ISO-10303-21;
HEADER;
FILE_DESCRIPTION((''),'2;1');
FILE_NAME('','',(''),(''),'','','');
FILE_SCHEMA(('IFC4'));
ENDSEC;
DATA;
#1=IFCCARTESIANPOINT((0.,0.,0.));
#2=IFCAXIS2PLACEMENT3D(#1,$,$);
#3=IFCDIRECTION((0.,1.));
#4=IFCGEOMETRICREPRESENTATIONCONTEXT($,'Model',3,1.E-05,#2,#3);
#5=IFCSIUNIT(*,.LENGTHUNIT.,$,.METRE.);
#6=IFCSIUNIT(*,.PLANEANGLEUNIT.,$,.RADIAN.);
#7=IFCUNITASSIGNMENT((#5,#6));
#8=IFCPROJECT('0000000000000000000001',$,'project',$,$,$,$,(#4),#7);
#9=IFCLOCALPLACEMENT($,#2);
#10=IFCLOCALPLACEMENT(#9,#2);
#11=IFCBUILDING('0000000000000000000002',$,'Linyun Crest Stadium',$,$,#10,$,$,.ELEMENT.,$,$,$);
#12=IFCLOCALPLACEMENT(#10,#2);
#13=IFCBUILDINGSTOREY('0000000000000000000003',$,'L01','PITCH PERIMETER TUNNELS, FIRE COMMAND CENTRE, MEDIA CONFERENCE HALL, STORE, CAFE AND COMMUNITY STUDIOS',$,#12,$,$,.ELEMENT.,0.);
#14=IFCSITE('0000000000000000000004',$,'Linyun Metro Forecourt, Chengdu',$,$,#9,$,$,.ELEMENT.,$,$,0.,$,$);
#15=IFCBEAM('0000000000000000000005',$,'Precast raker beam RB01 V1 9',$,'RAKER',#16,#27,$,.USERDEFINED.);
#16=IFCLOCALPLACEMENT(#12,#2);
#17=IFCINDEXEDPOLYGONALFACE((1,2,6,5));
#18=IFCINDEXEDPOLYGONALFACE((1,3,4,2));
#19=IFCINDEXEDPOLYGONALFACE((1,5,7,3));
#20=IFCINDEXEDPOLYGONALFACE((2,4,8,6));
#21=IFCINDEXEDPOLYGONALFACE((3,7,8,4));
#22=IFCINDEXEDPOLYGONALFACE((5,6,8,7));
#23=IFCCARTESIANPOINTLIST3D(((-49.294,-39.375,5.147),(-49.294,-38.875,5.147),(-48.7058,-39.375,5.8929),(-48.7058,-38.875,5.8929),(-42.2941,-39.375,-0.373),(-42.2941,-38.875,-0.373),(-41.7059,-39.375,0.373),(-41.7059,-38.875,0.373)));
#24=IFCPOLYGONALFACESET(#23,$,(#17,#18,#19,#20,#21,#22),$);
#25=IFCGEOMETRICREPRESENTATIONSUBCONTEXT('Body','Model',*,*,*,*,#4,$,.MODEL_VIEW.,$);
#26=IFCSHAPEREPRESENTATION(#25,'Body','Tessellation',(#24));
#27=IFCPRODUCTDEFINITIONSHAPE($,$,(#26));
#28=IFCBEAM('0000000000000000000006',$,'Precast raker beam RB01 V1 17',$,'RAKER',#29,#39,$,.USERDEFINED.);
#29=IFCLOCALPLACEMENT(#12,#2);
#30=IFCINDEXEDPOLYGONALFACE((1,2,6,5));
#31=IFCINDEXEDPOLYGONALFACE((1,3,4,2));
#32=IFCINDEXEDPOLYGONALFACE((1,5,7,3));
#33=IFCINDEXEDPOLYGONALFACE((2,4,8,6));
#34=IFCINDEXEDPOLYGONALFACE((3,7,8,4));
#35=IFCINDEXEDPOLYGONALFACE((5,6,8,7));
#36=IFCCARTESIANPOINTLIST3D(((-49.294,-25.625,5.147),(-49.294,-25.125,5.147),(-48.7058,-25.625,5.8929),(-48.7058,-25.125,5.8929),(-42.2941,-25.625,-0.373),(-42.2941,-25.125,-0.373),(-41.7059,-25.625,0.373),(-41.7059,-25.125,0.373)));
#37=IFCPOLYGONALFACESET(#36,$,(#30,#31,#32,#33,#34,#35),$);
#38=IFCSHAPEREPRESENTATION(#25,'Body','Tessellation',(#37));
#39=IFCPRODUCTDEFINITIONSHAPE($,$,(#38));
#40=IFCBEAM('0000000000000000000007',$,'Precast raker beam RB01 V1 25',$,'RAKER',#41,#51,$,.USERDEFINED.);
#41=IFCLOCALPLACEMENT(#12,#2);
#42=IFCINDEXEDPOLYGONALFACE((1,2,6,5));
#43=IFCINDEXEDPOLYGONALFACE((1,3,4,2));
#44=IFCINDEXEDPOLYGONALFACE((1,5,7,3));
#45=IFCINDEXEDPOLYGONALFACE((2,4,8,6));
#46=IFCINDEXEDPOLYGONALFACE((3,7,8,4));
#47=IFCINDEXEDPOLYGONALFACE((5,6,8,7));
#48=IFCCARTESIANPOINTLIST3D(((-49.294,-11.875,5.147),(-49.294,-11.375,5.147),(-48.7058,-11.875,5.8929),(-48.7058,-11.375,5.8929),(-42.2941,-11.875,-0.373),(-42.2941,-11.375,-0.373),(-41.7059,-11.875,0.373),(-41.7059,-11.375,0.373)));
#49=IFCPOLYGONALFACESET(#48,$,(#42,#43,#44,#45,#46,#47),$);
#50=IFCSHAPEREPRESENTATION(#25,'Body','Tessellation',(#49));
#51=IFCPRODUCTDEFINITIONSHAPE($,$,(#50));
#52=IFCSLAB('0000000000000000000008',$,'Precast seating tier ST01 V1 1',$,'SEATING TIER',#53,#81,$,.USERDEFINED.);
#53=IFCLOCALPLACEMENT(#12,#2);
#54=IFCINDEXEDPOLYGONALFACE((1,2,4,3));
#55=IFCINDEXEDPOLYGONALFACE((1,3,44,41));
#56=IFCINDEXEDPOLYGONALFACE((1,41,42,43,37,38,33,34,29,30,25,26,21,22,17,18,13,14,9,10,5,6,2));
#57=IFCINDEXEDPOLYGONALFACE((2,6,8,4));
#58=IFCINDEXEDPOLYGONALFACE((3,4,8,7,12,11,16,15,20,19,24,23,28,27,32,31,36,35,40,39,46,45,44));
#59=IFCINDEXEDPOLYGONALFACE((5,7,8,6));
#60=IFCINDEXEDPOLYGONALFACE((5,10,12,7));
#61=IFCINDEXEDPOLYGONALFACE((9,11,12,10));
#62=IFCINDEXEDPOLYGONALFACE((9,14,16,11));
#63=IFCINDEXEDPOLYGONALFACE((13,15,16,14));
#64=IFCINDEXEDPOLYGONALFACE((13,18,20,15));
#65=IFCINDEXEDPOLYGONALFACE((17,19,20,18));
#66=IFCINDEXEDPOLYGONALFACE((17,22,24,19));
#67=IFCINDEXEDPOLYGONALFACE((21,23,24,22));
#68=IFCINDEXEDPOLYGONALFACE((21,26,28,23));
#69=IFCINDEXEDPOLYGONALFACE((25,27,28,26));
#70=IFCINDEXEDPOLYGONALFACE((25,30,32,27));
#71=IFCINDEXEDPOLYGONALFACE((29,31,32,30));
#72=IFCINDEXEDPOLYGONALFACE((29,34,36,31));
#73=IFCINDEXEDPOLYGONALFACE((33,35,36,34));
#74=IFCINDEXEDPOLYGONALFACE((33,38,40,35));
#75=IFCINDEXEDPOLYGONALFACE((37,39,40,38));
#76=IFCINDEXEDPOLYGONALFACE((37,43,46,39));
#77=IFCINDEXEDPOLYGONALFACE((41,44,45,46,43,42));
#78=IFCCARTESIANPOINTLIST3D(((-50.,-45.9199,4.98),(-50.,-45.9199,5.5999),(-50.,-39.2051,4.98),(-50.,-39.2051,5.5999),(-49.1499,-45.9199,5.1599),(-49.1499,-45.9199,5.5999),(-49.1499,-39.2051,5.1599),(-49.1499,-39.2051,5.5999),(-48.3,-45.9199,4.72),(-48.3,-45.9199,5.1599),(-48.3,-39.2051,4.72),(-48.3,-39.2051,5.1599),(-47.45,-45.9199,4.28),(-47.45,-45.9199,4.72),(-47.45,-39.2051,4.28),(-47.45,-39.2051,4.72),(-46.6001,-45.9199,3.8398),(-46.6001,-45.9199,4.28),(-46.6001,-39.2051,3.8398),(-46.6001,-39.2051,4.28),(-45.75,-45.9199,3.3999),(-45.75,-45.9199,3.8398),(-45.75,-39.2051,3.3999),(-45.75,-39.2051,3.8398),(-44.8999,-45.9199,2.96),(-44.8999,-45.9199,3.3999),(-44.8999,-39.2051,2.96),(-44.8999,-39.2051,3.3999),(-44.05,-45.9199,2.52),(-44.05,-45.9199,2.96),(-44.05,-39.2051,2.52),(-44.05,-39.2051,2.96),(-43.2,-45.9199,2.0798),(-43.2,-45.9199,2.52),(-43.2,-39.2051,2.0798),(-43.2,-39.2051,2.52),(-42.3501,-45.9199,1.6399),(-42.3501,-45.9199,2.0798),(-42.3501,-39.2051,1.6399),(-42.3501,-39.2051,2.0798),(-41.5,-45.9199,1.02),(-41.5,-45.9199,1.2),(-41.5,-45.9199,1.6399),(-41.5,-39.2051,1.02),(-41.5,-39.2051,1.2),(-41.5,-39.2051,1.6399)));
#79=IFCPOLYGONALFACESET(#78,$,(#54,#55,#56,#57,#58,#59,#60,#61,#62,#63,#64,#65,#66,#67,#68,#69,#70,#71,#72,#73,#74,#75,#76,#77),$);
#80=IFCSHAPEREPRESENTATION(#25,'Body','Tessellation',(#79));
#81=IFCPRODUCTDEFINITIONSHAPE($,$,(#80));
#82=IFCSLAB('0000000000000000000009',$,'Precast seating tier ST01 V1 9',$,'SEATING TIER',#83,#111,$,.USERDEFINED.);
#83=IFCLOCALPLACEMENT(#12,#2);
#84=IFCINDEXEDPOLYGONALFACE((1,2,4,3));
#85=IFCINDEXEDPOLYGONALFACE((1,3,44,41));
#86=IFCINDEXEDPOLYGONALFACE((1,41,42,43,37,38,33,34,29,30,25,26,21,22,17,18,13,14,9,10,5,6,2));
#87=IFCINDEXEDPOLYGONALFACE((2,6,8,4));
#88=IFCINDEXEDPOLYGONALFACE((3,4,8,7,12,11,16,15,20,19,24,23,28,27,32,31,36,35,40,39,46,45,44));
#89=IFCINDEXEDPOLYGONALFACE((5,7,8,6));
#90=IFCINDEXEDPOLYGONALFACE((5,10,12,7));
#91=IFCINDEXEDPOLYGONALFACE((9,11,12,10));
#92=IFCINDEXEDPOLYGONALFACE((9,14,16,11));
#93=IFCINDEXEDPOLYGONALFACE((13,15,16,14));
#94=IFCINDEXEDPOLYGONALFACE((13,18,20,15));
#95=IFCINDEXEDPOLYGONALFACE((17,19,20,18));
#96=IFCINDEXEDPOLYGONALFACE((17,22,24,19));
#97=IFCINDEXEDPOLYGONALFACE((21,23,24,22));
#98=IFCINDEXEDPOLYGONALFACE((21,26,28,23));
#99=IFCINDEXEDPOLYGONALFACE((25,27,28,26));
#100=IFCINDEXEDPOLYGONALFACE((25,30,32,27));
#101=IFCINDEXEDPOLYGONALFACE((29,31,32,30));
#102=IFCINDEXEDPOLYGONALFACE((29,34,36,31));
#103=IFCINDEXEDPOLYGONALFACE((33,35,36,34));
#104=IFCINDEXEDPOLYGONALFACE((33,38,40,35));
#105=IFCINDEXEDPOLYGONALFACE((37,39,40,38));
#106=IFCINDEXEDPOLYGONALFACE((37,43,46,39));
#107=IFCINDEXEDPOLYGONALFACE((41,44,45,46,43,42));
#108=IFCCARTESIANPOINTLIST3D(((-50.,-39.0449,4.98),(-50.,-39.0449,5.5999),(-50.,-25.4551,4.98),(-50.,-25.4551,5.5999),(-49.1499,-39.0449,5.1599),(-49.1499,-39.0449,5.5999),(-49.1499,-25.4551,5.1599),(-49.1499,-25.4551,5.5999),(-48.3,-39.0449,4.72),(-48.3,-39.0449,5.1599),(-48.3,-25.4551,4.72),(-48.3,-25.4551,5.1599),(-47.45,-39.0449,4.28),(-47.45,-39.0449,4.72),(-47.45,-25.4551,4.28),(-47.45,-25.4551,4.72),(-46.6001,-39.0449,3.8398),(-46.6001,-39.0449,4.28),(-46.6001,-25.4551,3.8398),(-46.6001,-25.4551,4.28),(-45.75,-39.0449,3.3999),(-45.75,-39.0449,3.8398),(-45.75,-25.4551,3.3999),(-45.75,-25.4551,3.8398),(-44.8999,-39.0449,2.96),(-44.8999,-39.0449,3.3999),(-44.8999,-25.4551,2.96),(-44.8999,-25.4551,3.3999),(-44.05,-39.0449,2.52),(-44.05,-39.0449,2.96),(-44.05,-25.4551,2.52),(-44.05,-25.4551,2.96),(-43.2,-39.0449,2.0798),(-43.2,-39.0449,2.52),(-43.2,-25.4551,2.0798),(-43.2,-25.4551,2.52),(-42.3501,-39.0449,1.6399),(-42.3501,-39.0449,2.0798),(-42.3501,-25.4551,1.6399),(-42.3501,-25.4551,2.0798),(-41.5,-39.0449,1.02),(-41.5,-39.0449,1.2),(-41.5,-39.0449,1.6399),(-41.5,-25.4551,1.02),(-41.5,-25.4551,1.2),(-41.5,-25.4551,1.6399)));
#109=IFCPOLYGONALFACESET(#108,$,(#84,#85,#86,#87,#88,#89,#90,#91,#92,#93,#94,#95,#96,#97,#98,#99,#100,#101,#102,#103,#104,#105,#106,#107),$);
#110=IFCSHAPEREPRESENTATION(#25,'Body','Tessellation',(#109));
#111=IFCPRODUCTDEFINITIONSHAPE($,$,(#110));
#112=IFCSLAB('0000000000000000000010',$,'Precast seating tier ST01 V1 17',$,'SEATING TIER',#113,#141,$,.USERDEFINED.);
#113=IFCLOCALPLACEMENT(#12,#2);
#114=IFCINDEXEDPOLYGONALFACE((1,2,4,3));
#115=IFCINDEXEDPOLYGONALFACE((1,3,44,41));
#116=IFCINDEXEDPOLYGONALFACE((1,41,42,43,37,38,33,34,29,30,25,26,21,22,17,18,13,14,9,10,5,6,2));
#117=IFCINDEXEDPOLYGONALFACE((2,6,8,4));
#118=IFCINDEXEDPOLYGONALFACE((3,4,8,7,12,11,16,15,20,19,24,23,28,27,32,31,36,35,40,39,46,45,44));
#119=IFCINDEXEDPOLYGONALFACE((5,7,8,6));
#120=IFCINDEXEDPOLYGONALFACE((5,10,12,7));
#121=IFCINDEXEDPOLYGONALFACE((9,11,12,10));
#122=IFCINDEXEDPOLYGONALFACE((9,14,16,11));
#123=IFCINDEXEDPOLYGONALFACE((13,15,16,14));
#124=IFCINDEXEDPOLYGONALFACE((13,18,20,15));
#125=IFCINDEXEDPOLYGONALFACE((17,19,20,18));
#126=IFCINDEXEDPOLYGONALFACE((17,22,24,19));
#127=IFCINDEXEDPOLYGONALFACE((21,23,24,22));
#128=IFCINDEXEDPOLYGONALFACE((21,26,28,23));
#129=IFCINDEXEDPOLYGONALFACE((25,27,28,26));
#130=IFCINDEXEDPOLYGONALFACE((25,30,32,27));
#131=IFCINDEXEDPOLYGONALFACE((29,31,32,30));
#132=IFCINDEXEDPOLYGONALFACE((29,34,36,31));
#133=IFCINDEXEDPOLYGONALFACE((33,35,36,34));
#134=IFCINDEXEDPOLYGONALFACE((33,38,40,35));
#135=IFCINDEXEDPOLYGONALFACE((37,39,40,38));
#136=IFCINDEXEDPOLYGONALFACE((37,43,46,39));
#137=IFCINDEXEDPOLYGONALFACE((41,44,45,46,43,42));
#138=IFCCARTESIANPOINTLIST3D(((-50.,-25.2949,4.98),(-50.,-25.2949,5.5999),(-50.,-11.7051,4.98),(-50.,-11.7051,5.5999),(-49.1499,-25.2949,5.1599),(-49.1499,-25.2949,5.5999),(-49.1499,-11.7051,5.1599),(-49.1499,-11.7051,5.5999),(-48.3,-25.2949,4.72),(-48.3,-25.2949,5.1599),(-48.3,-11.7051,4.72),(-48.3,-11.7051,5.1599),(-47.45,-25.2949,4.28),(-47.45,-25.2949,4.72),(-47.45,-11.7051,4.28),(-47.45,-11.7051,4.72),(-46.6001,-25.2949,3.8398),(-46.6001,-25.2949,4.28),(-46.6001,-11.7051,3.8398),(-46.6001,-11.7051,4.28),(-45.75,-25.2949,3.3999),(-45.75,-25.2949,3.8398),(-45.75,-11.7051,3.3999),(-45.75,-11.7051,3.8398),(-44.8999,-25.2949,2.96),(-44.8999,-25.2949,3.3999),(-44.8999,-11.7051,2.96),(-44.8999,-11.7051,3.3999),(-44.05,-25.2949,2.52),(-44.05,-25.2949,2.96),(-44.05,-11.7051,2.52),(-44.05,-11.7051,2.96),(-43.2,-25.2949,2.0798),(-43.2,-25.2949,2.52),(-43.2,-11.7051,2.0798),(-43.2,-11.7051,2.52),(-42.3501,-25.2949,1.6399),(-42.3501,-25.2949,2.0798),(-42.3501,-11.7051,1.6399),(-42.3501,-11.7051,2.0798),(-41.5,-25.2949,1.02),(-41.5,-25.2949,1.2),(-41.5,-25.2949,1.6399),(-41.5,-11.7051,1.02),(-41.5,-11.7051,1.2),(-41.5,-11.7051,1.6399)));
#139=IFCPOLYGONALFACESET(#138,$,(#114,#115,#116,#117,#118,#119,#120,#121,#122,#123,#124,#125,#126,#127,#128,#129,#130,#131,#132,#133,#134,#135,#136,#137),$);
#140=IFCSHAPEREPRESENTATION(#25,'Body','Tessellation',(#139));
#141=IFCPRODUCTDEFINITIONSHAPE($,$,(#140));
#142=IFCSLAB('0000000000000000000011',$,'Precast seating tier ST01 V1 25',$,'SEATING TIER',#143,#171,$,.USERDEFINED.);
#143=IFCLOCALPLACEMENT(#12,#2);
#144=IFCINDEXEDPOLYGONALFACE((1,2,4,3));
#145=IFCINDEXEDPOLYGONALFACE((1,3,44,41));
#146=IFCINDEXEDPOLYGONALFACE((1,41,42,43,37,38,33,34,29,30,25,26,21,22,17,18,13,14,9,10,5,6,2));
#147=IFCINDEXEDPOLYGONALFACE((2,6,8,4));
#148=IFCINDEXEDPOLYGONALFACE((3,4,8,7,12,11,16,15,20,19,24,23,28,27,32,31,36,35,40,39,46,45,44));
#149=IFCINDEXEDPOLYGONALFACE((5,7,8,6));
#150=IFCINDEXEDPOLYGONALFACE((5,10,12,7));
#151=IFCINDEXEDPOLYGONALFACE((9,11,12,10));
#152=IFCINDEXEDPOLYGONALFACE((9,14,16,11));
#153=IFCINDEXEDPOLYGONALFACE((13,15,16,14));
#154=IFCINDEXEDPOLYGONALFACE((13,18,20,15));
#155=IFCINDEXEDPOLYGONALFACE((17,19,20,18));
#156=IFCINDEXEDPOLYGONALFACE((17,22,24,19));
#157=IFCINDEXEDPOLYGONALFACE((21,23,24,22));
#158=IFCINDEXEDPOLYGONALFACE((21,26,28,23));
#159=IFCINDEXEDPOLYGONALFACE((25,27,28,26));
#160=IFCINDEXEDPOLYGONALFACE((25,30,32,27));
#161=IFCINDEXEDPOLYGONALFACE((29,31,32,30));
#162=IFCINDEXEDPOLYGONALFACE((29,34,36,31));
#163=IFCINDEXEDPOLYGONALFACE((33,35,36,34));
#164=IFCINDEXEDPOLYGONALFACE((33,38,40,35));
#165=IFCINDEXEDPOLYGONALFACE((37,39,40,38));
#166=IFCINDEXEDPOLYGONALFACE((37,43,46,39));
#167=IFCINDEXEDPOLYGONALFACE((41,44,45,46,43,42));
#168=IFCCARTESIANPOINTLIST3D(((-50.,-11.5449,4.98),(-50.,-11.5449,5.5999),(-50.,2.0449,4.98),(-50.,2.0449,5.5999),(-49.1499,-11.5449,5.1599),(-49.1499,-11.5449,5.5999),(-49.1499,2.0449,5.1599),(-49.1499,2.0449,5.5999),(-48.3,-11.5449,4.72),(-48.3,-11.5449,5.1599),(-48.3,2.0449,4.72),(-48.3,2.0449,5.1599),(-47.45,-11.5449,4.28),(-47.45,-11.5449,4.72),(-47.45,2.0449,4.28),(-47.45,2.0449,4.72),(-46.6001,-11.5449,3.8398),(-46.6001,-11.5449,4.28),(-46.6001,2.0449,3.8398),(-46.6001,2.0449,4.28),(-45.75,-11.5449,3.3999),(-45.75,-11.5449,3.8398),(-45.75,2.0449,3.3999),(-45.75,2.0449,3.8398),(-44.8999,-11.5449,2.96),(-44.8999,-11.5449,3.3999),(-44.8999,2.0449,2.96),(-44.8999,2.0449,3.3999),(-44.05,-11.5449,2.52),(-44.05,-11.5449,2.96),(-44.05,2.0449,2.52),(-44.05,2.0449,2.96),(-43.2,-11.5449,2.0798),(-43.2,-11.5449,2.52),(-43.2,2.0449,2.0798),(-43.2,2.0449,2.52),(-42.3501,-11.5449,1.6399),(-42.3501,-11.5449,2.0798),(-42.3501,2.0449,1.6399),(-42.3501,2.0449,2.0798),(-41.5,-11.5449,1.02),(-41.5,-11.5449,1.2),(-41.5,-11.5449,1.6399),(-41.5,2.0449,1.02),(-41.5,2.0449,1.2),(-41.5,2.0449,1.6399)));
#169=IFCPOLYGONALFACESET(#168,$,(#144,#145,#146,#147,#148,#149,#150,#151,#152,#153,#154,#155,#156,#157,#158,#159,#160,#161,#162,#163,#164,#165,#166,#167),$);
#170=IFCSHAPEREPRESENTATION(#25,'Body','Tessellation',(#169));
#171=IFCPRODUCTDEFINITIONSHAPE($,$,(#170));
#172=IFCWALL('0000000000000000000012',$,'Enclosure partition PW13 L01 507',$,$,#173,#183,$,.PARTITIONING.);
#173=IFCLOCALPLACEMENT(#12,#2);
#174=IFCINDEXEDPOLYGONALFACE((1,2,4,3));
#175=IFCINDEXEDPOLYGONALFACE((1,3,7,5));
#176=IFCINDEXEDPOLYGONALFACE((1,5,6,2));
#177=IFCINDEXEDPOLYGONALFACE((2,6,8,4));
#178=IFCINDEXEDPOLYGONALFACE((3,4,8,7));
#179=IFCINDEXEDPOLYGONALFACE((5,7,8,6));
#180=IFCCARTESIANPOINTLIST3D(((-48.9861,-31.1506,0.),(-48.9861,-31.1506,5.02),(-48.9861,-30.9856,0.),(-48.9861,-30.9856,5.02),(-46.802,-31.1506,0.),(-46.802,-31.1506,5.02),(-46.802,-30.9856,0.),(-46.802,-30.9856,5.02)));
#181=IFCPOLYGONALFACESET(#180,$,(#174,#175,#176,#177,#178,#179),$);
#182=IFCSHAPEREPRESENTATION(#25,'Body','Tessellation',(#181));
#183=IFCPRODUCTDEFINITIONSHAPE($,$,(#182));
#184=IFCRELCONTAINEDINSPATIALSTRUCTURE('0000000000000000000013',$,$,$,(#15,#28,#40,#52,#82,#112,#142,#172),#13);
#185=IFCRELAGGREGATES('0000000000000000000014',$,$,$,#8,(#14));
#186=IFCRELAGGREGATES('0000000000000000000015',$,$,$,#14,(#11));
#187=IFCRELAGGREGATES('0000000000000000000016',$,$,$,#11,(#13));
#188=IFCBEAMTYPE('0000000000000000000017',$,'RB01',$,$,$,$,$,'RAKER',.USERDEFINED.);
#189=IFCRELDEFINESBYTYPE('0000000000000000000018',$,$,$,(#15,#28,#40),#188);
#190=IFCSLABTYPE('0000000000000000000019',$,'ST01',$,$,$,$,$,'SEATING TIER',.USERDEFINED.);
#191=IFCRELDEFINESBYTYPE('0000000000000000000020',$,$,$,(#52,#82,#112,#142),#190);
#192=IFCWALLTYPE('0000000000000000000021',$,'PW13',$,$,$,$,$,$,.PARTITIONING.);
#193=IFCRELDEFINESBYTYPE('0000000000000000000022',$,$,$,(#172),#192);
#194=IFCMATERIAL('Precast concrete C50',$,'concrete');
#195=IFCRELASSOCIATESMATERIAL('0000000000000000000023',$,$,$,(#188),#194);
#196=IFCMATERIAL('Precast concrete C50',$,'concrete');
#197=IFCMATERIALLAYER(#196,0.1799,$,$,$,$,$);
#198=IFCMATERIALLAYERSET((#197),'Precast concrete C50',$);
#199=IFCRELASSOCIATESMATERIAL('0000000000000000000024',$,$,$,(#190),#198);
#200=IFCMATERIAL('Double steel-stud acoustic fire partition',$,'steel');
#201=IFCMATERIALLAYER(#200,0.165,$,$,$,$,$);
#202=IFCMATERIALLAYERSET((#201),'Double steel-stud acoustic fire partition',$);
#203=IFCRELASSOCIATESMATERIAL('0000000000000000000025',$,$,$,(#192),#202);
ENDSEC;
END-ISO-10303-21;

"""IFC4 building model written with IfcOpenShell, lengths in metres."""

from ifc_helpers import new_model, si_unit, direction, frame, frame_2d, origin, origin_2d, place, context, subcontext, project, spatial, polyline, rectangle, outline, extrude, material, layer, layer_set, material_profile, profile_set, type_object, element, save


model = new_model("IFC4")

# Units and contexts
model_context = context("Model", 3, precision=1e-05, world=origin(), true_north=direction((0.0, 1.0)))
body_context = subcontext(model_context, "Body", "Model", "MODEL_VIEW")
ifc_project = project(units=[si_unit("LENGTHUNIT", "METRE"), si_unit("PLANEANGLEUNIT", "RADIAN")], contexts=[model_context])

# Site, building, storey
site_placement = place(None, origin())
site = spatial("IfcSite", under=ifc_project, at=site_placement, Name="Linyun Metro Forecourt, Chengdu", CompositionType="ELEMENT", RefElevation=0.0)
building_placement = place(site_placement, origin())
building = spatial("IfcBuilding", under=site, at=building_placement, Name="Linyun Crest Stadium", CompositionType="ELEMENT")
storey_placement = place(building_placement, origin())
storey = spatial("IfcBuildingStorey", under=building, at=storey_placement, Name="L01", Description="PITCH PERIMETER TUNNELS, FIRE COMMAND CENTRE, MEDIA CONFERENCE HALL, STORE, CAFE AND COMMUNITY STUDIOS", CompositionType="ELEMENT", Elevation=0.0)

# Beams
ifc_material_1 = material(Name="Precast concrete C50", Category="concrete")
ifc_material_profile_1 = material_profile(ifc_material_1, rectangle(XDim=0.5, YDim=0.95, at=origin_2d()), Name="PCR 950x500")
ifc_profile_set_1 = profile_set([ifc_material_profile_1], Name="Precast concrete C50")
beam_type = type_object("IfcBeamType", Name="RB01", ElementType="RAKER", PredefinedType="USERDEFINED", material=ifc_profile_set_1)
for number, where, z_axis, x_axis, name in (
    (1, (-42.0, -39.125, 0.0), (-0.785226, 0.0, 0.619209), (0.0, -1.0, 0.0), "Precast raker beam RB01 V1 9"),
    (2, (-42.0, -25.375, 0.0), (-0.785226, 0.0, 0.619209), (0.0, -1.0, 0.0), "Precast raker beam RB01 V1 17"),
    (3, (-42.0, -11.625, 0.0), (-0.785226, 0.0, 0.619209), (0.0, -1.0, 0.0), "Precast raker beam RB01 V1 25"),
):
    element("IfcBeam", number, at=place(storey_placement, frame(where, z_axis=z_axis, x_axis=x_axis)), inside=storey, type_object=beam_type, Name=name, ObjectType="RAKER", PredefinedType="USERDEFINED", context=body_context, shape_type="SweptSolid", body=[
        extrude(rectangle(XDim=0.5, YDim=0.95, at=origin_2d()), origin(), (0.0, 0.0, 1.0), 8.9146),
    ])

# Slabs
ifc_material_2 = material(Name="Precast concrete C50", Category="concrete")
ifc_layer_1 = layer(ifc_material_2, 0.1799)
ifc_layer_set_1 = layer_set([ifc_layer_1], Name="Precast concrete C50")
slab_type = type_object("IfcSlabType", Name="ST01", ElementType="SEATING TIER", PredefinedType="USERDEFINED", material=ifc_layer_set_1)
slab_placement = place(storey_placement, frame((-41.5, -45.9199, 1.2), z_axis=(0.0, 0.0, 1.0), x_axis=(-1.0, 0.0, 0.0)))
element("IfcSlab", 4, at=slab_placement, inside=storey, type_object=slab_type, Name="Precast seating tier ST01 V1 1", ObjectType="SEATING TIER", PredefinedType="USERDEFINED", context=body_context, shape_type="SweptSolid", body=[
    extrude(outline(polyline([(0.0, 0.0), (0.0, 0.4399), (0.8501, 0.4399), (0.8501, 0.8799), (1.7, 0.8799), (1.7, 1.3201), (2.55, 1.3201), (2.55, 1.76), (3.3999, 1.76), (3.3999, 2.2), (4.25, 2.2), (4.25, 2.6399), (5.1001, 2.6399), (5.1001, 3.0801), (5.95, 3.0801), (5.95, 3.52), (6.8, 3.52), (6.8, 3.96), (7.6499, 3.96), (7.6499, 4.3999), (8.5, 4.3999), (8.5, 3.78), (0.0, -0.1799), (0.0, 0.0)])), frame((0.0, 0.0, 0.0), z_axis=(0.0, -1.0, 0.0), x_axis=(1.0, 0.0, 0.0)), (0.0, 0.0, 1.0), 6.7148),
])
for number, where, z_axis, x_axis, name in (
    (5, (-41.5, -39.0449, 1.2), (0.0, 0.0, 1.0), (-1.0, 0.0, 0.0), "Precast seating tier ST01 V1 9"),
    (6, (-41.5, -25.2949, 1.2), (0.0, 0.0, 1.0), (-1.0, 0.0, 0.0), "Precast seating tier ST01 V1 17"),
    (7, (-41.5, -11.5449, 1.2), (0.0, 0.0, 1.0), (-1.0, 0.0, 0.0), "Precast seating tier ST01 V1 25"),
):
    element("IfcSlab", number, at=place(storey_placement, frame(where, z_axis=z_axis, x_axis=x_axis)), inside=storey, type_object=slab_type, Name=name, ObjectType="SEATING TIER", PredefinedType="USERDEFINED", context=body_context, shape_type="SweptSolid", body=[
        extrude(outline(polyline([(0.0, 0.0), (0.0, 0.4399), (0.8501, 0.4399), (0.8501, 0.8799), (1.7, 0.8799), (1.7, 1.3201), (2.55, 1.3201), (2.55, 1.76), (3.3999, 1.76), (3.3999, 2.2), (4.25, 2.2), (4.25, 2.6399), (5.1001, 2.6399), (5.1001, 3.0801), (5.95, 3.0801), (5.95, 3.52), (6.8, 3.52), (6.8, 3.96), (7.6499, 3.96), (7.6499, 4.3999), (8.5, 4.3999), (8.5, 3.78), (0.0, -0.1799), (0.0, 0.0)])), frame((0.0, 0.0, 0.0), z_axis=(0.0, -1.0, 0.0), x_axis=(1.0, 0.0, 0.0)), (0.0, 0.0, 1.0), 13.5898),
    ])

# Shared definitions
ifc_material_3 = material(Name="Double steel-stud acoustic fire partition", Category="steel")
ifc_layer_2 = layer(ifc_material_3, 0.165)
ifc_layer_set_2 = layer_set([ifc_layer_2], Name="Double steel-stud acoustic fire partition")
wall_type = type_object("IfcWallType", Name="PW13", PredefinedType="PARTITIONING", material=ifc_layer_set_2)

# Wall
wall_1_placement = place(storey_placement, frame((-48.9861, -31.0681, 0.0), z_axis=(0.0, 0.0, 1.0), x_axis=(1.0, 0.0, 0.0)))
element("IfcWall", 8, at=wall_1_placement, inside=storey, type_object=wall_type, Name="Enclosure partition PW13 L01 507", PredefinedType="PARTITIONING", context=body_context, shape_type="SweptSolid", body=[
    extrude(rectangle(XDim=2.1841, YDim=0.165, at=frame_2d((1.092, 0.0))), origin(), (0.0, 0.0, 1.0), 5.02),
])

save(model, "model.ifc")
